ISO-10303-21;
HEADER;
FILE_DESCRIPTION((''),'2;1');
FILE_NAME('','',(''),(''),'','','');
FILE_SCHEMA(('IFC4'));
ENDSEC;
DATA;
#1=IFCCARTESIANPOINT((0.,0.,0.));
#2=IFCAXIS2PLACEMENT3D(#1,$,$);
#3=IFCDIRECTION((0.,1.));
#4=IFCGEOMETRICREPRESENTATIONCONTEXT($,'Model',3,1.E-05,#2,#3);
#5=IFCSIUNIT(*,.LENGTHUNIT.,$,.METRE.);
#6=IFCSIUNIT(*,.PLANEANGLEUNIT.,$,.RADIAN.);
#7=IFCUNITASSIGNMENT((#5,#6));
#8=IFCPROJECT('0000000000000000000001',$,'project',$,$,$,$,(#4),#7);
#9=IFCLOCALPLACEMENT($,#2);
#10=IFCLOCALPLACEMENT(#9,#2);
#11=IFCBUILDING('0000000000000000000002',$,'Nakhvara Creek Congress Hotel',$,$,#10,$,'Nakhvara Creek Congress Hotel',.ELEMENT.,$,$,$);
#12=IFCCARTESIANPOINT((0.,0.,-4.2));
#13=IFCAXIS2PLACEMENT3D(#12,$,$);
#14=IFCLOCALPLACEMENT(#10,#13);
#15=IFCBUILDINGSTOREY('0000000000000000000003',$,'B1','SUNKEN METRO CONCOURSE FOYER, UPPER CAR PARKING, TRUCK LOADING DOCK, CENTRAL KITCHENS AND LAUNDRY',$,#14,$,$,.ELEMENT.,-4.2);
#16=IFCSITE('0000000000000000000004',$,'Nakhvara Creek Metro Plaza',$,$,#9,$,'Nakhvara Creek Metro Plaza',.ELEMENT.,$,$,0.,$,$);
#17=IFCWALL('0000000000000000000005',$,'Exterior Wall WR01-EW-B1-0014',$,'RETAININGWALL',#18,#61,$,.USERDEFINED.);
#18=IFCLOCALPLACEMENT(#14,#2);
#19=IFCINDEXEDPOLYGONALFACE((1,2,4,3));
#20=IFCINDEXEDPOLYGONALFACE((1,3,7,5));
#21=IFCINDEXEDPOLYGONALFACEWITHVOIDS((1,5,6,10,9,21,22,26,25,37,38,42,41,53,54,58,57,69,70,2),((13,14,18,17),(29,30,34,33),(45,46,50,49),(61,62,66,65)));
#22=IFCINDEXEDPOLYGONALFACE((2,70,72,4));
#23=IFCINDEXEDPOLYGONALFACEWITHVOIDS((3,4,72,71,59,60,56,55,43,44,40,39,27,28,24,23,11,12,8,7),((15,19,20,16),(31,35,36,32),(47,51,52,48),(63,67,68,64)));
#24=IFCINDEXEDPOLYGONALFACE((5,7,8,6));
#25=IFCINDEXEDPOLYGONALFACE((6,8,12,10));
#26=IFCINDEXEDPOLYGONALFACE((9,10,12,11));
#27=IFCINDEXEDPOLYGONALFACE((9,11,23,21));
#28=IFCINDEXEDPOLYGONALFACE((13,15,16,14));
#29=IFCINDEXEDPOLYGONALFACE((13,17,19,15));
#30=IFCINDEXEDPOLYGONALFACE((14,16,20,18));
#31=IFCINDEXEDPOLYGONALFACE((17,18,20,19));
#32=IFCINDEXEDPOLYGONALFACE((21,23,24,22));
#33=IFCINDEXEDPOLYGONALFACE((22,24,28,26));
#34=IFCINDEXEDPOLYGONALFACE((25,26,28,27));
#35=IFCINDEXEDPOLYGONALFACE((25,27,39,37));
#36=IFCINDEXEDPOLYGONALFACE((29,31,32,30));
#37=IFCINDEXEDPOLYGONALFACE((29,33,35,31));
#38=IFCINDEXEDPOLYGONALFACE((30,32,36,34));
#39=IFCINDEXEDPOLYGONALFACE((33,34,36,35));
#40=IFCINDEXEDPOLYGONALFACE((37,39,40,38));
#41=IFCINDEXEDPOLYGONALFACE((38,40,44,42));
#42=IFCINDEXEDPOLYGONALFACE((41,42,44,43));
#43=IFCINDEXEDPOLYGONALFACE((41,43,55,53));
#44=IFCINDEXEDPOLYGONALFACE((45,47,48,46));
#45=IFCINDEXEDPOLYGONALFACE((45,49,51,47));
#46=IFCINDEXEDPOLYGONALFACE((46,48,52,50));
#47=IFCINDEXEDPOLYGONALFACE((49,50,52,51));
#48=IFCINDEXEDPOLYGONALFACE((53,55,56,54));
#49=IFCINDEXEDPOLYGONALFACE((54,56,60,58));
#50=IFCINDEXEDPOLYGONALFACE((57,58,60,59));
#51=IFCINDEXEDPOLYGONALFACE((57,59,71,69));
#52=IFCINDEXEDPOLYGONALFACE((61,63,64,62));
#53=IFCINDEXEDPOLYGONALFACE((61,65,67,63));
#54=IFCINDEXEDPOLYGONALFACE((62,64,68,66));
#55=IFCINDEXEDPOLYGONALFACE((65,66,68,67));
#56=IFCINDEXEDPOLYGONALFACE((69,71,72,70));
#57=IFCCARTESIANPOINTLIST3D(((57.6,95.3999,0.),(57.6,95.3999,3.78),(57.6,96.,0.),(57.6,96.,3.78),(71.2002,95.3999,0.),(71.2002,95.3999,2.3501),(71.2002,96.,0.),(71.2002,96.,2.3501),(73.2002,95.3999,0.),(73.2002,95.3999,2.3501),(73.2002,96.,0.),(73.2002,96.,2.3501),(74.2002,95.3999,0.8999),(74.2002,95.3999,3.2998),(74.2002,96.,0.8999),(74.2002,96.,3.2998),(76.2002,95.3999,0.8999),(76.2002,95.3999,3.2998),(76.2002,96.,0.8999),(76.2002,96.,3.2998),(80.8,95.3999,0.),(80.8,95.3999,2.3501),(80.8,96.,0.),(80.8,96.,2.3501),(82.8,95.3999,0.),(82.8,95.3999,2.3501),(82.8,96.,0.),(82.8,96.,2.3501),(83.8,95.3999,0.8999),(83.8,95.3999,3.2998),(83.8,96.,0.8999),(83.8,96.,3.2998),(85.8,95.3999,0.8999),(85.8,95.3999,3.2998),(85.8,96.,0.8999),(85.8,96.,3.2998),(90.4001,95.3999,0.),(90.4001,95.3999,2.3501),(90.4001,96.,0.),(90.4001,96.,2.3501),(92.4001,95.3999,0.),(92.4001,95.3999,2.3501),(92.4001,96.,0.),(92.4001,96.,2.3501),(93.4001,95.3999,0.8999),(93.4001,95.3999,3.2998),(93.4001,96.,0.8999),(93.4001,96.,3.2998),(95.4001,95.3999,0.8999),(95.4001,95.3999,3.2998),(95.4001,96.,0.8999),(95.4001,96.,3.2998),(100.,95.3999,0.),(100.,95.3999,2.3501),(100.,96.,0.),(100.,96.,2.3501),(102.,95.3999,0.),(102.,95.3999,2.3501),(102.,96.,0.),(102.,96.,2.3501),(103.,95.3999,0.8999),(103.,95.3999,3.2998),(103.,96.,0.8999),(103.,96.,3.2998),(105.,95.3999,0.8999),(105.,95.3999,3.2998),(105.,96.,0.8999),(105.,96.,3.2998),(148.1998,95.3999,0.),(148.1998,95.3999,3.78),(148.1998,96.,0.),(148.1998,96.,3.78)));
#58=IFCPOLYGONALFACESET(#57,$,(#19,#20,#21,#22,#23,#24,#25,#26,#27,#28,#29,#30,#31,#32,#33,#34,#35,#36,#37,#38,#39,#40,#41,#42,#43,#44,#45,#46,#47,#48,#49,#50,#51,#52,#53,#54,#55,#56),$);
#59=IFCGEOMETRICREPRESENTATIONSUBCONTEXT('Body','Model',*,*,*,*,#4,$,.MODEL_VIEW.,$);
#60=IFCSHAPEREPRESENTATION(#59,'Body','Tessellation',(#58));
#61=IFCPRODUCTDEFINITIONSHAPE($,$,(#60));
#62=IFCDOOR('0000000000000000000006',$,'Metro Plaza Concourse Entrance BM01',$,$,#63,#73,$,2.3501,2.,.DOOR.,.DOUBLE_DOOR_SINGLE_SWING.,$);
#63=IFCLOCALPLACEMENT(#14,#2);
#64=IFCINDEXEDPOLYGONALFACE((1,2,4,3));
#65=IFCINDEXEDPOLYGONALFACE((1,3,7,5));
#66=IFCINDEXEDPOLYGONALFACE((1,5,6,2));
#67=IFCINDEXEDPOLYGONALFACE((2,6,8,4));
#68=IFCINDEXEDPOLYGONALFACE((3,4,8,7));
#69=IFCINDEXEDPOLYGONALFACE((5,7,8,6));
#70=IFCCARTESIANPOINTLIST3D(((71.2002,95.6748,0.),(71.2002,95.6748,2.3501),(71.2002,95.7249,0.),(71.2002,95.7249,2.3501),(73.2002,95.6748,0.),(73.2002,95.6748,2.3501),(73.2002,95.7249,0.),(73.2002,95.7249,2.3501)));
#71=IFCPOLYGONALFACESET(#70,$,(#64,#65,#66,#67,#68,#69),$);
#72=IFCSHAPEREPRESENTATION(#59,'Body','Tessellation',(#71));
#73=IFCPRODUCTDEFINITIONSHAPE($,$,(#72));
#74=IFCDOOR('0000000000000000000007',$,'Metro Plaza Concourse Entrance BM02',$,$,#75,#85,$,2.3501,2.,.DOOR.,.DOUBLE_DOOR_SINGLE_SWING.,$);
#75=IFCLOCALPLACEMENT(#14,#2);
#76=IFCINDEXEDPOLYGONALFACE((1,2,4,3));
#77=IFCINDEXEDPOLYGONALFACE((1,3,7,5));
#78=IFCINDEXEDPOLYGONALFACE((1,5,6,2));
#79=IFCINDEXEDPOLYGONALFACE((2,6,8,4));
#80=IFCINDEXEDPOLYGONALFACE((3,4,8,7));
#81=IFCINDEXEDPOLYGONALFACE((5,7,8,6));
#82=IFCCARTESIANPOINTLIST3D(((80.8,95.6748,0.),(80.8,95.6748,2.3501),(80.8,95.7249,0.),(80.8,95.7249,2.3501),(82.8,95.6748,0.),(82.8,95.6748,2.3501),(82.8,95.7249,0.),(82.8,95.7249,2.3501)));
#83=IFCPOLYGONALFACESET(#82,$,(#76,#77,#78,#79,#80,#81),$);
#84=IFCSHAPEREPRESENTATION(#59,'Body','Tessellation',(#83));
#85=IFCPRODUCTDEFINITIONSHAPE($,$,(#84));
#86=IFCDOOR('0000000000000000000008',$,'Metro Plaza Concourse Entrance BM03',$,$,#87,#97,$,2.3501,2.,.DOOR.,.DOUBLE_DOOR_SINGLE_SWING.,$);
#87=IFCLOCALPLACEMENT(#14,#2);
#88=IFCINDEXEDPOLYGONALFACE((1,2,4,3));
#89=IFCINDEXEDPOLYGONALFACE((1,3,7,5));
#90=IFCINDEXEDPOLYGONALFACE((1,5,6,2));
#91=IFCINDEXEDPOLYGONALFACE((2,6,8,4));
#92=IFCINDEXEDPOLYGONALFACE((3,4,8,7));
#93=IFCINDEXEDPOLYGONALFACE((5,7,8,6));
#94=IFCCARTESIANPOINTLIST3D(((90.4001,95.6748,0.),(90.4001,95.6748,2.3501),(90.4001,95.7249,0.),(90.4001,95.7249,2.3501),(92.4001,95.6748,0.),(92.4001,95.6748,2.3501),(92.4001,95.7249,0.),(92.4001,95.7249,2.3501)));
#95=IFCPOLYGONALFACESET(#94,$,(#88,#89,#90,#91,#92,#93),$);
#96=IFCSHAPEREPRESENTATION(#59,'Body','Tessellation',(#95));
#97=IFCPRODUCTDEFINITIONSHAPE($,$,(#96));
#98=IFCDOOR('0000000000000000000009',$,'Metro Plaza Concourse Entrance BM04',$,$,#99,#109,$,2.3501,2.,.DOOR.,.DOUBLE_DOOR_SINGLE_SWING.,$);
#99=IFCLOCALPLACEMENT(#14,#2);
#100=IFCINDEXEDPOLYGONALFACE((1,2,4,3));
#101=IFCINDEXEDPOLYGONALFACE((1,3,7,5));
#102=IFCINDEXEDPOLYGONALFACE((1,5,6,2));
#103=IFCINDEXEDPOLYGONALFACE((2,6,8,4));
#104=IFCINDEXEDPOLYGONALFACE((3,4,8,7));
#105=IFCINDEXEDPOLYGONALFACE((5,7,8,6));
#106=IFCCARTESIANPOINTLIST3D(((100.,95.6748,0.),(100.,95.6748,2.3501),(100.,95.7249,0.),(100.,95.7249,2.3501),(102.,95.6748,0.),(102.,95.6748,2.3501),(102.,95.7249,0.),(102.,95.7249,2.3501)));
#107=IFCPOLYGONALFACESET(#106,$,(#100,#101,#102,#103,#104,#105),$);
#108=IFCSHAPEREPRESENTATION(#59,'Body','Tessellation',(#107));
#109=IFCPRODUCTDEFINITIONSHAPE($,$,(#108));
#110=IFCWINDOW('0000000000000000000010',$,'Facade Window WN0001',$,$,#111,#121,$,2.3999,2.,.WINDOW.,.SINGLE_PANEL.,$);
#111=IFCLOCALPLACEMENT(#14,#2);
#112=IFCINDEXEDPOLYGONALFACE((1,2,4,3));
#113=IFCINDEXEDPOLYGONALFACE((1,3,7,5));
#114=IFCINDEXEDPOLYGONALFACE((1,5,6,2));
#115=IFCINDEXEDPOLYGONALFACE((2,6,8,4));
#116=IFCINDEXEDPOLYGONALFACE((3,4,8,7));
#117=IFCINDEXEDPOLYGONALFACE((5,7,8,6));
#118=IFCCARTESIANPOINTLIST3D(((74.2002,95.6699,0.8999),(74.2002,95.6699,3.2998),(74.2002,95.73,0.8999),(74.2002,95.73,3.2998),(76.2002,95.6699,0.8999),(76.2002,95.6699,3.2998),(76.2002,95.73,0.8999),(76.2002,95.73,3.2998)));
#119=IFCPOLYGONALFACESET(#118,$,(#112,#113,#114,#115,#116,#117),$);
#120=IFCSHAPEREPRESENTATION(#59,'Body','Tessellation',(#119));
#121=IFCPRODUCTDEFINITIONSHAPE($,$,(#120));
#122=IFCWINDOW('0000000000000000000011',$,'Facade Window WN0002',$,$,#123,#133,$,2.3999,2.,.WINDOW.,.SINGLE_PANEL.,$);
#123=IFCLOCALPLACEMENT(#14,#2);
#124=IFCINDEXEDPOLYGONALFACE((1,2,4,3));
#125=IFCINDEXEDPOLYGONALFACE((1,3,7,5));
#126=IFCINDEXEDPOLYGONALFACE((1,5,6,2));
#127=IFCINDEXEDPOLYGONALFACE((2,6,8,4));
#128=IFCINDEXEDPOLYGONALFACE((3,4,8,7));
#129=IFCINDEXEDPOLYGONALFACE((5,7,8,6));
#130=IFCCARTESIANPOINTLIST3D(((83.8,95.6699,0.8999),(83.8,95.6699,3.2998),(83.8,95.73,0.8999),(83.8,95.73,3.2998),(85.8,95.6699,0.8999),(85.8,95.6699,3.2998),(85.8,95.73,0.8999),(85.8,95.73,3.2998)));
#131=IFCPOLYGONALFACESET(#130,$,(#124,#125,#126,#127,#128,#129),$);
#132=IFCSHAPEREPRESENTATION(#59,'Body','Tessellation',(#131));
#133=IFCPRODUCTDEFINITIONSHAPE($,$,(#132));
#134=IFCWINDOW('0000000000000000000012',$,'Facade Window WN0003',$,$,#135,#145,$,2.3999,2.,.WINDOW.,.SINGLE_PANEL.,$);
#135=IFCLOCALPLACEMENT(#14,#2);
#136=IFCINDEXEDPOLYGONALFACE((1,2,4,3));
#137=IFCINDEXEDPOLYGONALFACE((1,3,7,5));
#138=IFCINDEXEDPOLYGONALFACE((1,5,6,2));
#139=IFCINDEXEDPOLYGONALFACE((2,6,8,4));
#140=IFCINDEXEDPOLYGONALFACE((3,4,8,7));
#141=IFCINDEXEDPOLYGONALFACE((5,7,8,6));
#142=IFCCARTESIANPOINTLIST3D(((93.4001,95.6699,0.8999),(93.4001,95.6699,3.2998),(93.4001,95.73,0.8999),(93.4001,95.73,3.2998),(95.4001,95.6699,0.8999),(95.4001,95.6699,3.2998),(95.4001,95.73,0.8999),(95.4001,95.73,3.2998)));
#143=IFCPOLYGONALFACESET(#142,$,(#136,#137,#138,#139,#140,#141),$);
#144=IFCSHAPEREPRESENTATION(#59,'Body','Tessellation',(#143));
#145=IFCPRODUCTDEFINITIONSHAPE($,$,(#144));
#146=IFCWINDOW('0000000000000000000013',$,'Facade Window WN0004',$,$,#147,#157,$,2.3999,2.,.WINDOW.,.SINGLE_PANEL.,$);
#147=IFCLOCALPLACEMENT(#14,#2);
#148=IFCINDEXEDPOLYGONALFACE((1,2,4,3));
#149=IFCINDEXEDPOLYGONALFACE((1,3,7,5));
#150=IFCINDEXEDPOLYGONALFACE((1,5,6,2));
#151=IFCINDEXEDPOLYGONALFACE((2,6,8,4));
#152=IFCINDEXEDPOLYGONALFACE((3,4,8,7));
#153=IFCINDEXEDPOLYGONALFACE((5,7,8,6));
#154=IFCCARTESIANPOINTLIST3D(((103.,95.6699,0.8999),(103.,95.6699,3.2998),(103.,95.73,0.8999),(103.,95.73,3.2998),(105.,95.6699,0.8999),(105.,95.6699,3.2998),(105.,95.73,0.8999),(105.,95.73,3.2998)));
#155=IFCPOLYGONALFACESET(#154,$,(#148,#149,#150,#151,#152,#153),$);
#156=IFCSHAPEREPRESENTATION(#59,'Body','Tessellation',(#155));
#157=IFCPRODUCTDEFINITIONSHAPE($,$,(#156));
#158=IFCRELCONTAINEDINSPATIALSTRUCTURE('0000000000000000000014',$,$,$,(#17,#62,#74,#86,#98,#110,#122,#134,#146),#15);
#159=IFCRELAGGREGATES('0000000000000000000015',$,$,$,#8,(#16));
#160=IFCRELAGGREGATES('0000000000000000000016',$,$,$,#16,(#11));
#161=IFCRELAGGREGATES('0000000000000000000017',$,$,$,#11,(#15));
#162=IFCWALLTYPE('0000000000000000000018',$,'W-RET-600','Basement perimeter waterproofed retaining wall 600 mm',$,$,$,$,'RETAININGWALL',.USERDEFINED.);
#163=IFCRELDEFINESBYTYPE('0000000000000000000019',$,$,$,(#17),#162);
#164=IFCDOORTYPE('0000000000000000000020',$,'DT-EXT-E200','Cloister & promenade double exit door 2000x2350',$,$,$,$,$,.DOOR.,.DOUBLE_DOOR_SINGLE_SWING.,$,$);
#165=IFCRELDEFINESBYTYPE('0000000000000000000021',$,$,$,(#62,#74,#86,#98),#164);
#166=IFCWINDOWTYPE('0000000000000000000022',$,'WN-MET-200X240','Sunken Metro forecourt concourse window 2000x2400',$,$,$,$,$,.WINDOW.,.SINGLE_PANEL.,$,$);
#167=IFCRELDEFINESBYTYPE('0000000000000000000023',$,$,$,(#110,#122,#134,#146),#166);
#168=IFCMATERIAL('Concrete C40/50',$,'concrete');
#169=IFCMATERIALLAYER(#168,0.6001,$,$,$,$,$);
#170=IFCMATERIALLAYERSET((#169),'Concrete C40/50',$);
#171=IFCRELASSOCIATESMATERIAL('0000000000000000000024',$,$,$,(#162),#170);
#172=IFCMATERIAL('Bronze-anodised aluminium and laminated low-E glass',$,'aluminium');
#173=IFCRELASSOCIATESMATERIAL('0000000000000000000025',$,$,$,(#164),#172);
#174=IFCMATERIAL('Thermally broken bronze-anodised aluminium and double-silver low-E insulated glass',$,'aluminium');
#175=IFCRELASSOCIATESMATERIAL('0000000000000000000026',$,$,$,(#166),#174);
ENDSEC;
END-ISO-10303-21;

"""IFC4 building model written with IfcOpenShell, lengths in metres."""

from ifc_helpers import new_model, si_unit, direction, frame, frame_2d, origin, place, context, subcontext, project, spatial, rectangle, extrude, material, layer, layer_set, type_object, element, fill, save


model = new_model("IFC4")

# Units and contexts
model_context = context("Model", 3, precision=1e-05, world=origin(), true_north=direction((0.0, 1.0)))
body_context = subcontext(model_context, "Body", "Model", "MODEL_VIEW")
ifc_project = project(units=[si_unit("LENGTHUNIT", "METRE"), si_unit("PLANEANGLEUNIT", "RADIAN")], contexts=[model_context])

# Site, building, storey
site_placement = place(None, origin())
site = spatial("IfcSite", under=ifc_project, at=site_placement, Name="Nakhvara Creek Metro Plaza", LongName="Nakhvara Creek Metro Plaza", CompositionType="ELEMENT", RefElevation=0.0)
building_placement = place(site_placement, origin())
building = spatial("IfcBuilding", under=site, at=building_placement, Name="Nakhvara Creek Congress Hotel", LongName="Nakhvara Creek Congress Hotel", CompositionType="ELEMENT")
storey_placement = place(building_placement, frame((0.0, 0.0, -4.2)))
storey = spatial("IfcBuildingStorey", under=building, at=storey_placement, Name="B1", Description="SUNKEN METRO CONCOURSE FOYER, UPPER CAR PARKING, TRUCK LOADING DOCK, CENTRAL KITCHENS AND LAUNDRY", CompositionType="ELEMENT", Elevation=-4.2)

# Shared definitions
ifc_material_1 = material(Name="Concrete C40/50", Category="concrete")

# Wall, openings, doors, windows
ifc_layer_1 = layer(ifc_material_1, 0.6001)
ifc_layer_set_1 = layer_set([ifc_layer_1], Name="Concrete C40/50")
wall_type_1 = type_object("IfcWallType", Name="W-RET-600", Description="Basement perimeter waterproofed retaining wall 600 mm", ElementType="RETAININGWALL", PredefinedType="USERDEFINED", material=ifc_layer_set_1)
wall_1_placement = place(storey_placement, frame((57.6001, 95.7, 0.0), z_axis=(0.0, 0.0, 1.0), x_axis=(1.0, 0.0, 0.0)))
wall_1 = element("IfcWall", 1, at=wall_1_placement, inside=storey, type_object=wall_type_1, Name="Exterior Wall WR01-EW-B1-0014", ObjectType="RETAININGWALL", PredefinedType="USERDEFINED", context=body_context, shape_type="SweptSolid", body=[
    extrude(rectangle(XDim=90.5999, YDim=0.6001, at=frame_2d((45.2998, 0.0))), origin(), (0.0, 0.0, 1.0), 3.78),
])
opening_1_placement = place(wall_1_placement, frame((13.6001, 0.0, 0.0)))
opening_1 = element("IfcOpeningElement", 2, at=opening_1_placement, cuts=wall_1, PredefinedType="OPENING", context=body_context, shape_type="SweptSolid", body=[
    extrude(rectangle(XDim=2.0, YDim=2.3501, at=frame_2d((1.0, 1.175))), frame((0.0, 0.312, 0.0), z_axis=(0.0, -1.0, 0.0), x_axis=(1.0, 0.0, 0.0)), (0.0, 0.0, 1.0), 0.624),
])
opening_2_placement = place(wall_1_placement, frame((23.2, 0.0, 0.0)))
opening_2 = element("IfcOpeningElement", 3, at=opening_2_placement, cuts=wall_1, PredefinedType="OPENING", context=body_context, shape_type="SweptSolid", body=[
    extrude(rectangle(XDim=2.0, YDim=2.3501, at=frame_2d((1.0, 1.175))), frame((0.0, 0.312, 0.0), z_axis=(0.0, -1.0, 0.0), x_axis=(1.0, 0.0, 0.0)), (0.0, 0.0, 1.0), 0.624),
])
opening_3_placement = place(wall_1_placement, frame((32.8, 0.0, 0.0)))
opening_3 = element("IfcOpeningElement", 4, at=opening_3_placement, cuts=wall_1, PredefinedType="OPENING", context=body_context, shape_type="SweptSolid", body=[
    extrude(rectangle(XDim=2.0, YDim=2.3501, at=frame_2d((1.0, 1.175))), frame((0.0, 0.312, 0.0), z_axis=(0.0, -1.0, 0.0), x_axis=(1.0, 0.0, 0.0)), (0.0, 0.0, 1.0), 0.624),
])
opening_4_placement = place(wall_1_placement, frame((42.3999, 0.0, 0.0)))
opening_4 = element("IfcOpeningElement", 5, at=opening_4_placement, cuts=wall_1, PredefinedType="OPENING", context=body_context, shape_type="SweptSolid", body=[
    extrude(rectangle(XDim=2.0, YDim=2.3501, at=frame_2d((1.0, 1.175))), frame((0.0, 0.312, 0.0), z_axis=(0.0, -1.0, 0.0), x_axis=(1.0, 0.0, 0.0)), (0.0, 0.0, 1.0), 0.624),
])
opening_5_placement = place(wall_1_placement, frame((16.6001, 0.0, 0.8999)))
opening_5 = element("IfcOpeningElement", 6, at=opening_5_placement, cuts=wall_1, PredefinedType="OPENING", context=body_context, shape_type="SweptSolid", body=[
    extrude(rectangle(XDim=2.0, YDim=2.3999, at=frame_2d((1.0, 1.2))), frame((0.0, 0.312, 0.0), z_axis=(0.0, -1.0, 0.0), x_axis=(1.0, 0.0, 0.0)), (0.0, 0.0, 1.0), 0.624),
])
opening_6_placement = place(wall_1_placement, frame((26.2, 0.0, 0.8999)))
opening_6 = element("IfcOpeningElement", 7, at=opening_6_placement, cuts=wall_1, PredefinedType="OPENING", context=body_context, shape_type="SweptSolid", body=[
    extrude(rectangle(XDim=2.0, YDim=2.3999, at=frame_2d((1.0, 1.2))), frame((0.0, 0.312, 0.0), z_axis=(0.0, -1.0, 0.0), x_axis=(1.0, 0.0, 0.0)), (0.0, 0.0, 1.0), 0.624),
])
opening_7_placement = place(wall_1_placement, frame((35.8, 0.0, 0.8999)))
opening_7 = element("IfcOpeningElement", 8, at=opening_7_placement, cuts=wall_1, PredefinedType="OPENING", context=body_context, shape_type="SweptSolid", body=[
    extrude(rectangle(XDim=2.0, YDim=2.3999, at=frame_2d((1.0, 1.2))), frame((0.0, 0.312, 0.0), z_axis=(0.0, -1.0, 0.0), x_axis=(1.0, 0.0, 0.0)), (0.0, 0.0, 1.0), 0.624),
])
opening_8_placement = place(wall_1_placement, frame((45.3999, 0.0, 0.8999)))
opening_8 = element("IfcOpeningElement", 9, at=opening_8_placement, cuts=wall_1, PredefinedType="OPENING", context=body_context, shape_type="SweptSolid", body=[
    extrude(rectangle(XDim=2.0, YDim=2.3999, at=frame_2d((1.0, 1.2))), frame((0.0, 0.312, 0.0), z_axis=(0.0, -1.0, 0.0), x_axis=(1.0, 0.0, 0.0)), (0.0, 0.0, 1.0), 0.624),
])
ifc_material_2 = material(Name="Bronze-anodised aluminium and laminated low-E glass", Category="aluminium")
door_type = type_object("IfcDoorType", Name="DT-EXT-E200", Description="Cloister & promenade double exit door 2000x2350", OperationType="DOUBLE_DOOR_SINGLE_SWING", PredefinedType="DOOR", material=ifc_material_2)
door_1_placement = place(opening_1_placement, origin())
door_1 = element("IfcDoor", 10, at=door_1_placement, inside=storey, type_object=door_type, Name="Metro Plaza Concourse Entrance BM01", OperationType="DOUBLE_DOOR_SINGLE_SWING", OverallHeight=2.3501, OverallWidth=2.0, PredefinedType="DOOR", context=body_context, shape_type="SweptSolid", body=[
    extrude(rectangle(XDim=2.0, YDim=2.3501, at=frame_2d((1.0, 1.175))), frame((0.0, 0.0249, 0.0), z_axis=(0.0, -1.0, 0.0), x_axis=(1.0, 0.0, 0.0)), (0.0, 0.0, 1.0), 0.05),
])
fill(opening_1, door_1)
door_2_placement = place(opening_2_placement, origin())
door_2 = element("IfcDoor", 11, at=door_2_placement, inside=storey, type_object=door_type, Name="Metro Plaza Concourse Entrance BM02", OperationType="DOUBLE_DOOR_SINGLE_SWING", OverallHeight=2.3501, OverallWidth=2.0, PredefinedType="DOOR", context=body_context, shape_type="SweptSolid", body=[
    extrude(rectangle(XDim=2.0, YDim=2.3501, at=frame_2d((1.0, 1.175))), frame((0.0, 0.0249, 0.0), z_axis=(0.0, -1.0, 0.0), x_axis=(1.0, 0.0, 0.0)), (0.0, 0.0, 1.0), 0.05),
])
fill(opening_2, door_2)
door_3_placement = place(opening_3_placement, origin())
door_3 = element("IfcDoor", 12, at=door_3_placement, inside=storey, type_object=door_type, Name="Metro Plaza Concourse Entrance BM03", OperationType="DOUBLE_DOOR_SINGLE_SWING", OverallHeight=2.3501, OverallWidth=2.0, PredefinedType="DOOR", context=body_context, shape_type="SweptSolid", body=[
    extrude(rectangle(XDim=2.0, YDim=2.3501, at=frame_2d((1.0, 1.175))), frame((0.0, 0.0249, 0.0), z_axis=(0.0, -1.0, 0.0), x_axis=(1.0, 0.0, 0.0)), (0.0, 0.0, 1.0), 0.05),
])
fill(opening_3, door_3)
door_4_placement = place(opening_4_placement, origin())
door_4 = element("IfcDoor", 13, at=door_4_placement, inside=storey, type_object=door_type, Name="Metro Plaza Concourse Entrance BM04", OperationType="DOUBLE_DOOR_SINGLE_SWING", OverallHeight=2.3501, OverallWidth=2.0, PredefinedType="DOOR", context=body_context, shape_type="SweptSolid", body=[
    extrude(rectangle(XDim=2.0, YDim=2.3501, at=frame_2d((1.0, 1.175))), frame((0.0, 0.0249, 0.0), z_axis=(0.0, -1.0, 0.0), x_axis=(1.0, 0.0, 0.0)), (0.0, 0.0, 1.0), 0.05),
])
fill(opening_4, door_4)
ifc_material_3 = material(Name="Thermally broken bronze-anodised aluminium and double-silver low-E insulated glass", Category="aluminium")
window_type = type_object("IfcWindowType", Name="WN-MET-200X240", Description="Sunken Metro forecourt concourse window 2000x2400", PartitioningType="SINGLE_PANEL", PredefinedType="WINDOW", material=ifc_material_3)
window_1_placement = place(opening_5_placement, origin())
window_1 = element("IfcWindow", 14, at=window_1_placement, inside=storey, type_object=window_type, Name="Facade Window WN0001", OverallHeight=2.3999, OverallWidth=2.0, PartitioningType="SINGLE_PANEL", PredefinedType="WINDOW", context=body_context, shape_type="SweptSolid", body=[
    extrude(rectangle(XDim=2.0, YDim=2.3999, at=frame_2d((1.0, 1.2))), frame((0.0, 0.03, 0.0), z_axis=(0.0, -1.0, 0.0), x_axis=(1.0, 0.0, 0.0)), (0.0, 0.0, 1.0), 0.0601),
])
fill(opening_5, window_1)
window_2_placement = place(opening_6_placement, origin())
window_2 = element("IfcWindow", 15, at=window_2_placement, inside=storey, type_object=window_type, Name="Facade Window WN0002", OverallHeight=2.3999, OverallWidth=2.0, PartitioningType="SINGLE_PANEL", PredefinedType="WINDOW", context=body_context, shape_type="SweptSolid", body=[
    extrude(rectangle(XDim=2.0, YDim=2.3999, at=frame_2d((1.0, 1.2))), frame((0.0, 0.03, 0.0), z_axis=(0.0, -1.0, 0.0), x_axis=(1.0, 0.0, 0.0)), (0.0, 0.0, 1.0), 0.0601),
])
fill(opening_6, window_2)
window_3_placement = place(opening_7_placement, origin())
window_3 = element("IfcWindow", 16, at=window_3_placement, inside=storey, type_object=window_type, Name="Facade Window WN0003", OverallHeight=2.3999, OverallWidth=2.0, PartitioningType="SINGLE_PANEL", PredefinedType="WINDOW", context=body_context, shape_type="SweptSolid", body=[
    extrude(rectangle(XDim=2.0, YDim=2.3999, at=frame_2d((1.0, 1.2))), frame((0.0, 0.03, 0.0), z_axis=(0.0, -1.0, 0.0), x_axis=(1.0, 0.0, 0.0)), (0.0, 0.0, 1.0), 0.0601),
])
fill(opening_7, window_3)
window_4_placement = place(opening_8_placement, origin())
window_4 = element("IfcWindow", 17, at=window_4_placement, inside=storey, type_object=window_type, Name="Facade Window WN0004", OverallHeight=2.3999, OverallWidth=2.0, PartitioningType="SINGLE_PANEL", PredefinedType="WINDOW", context=body_context, shape_type="SweptSolid", body=[
    extrude(rectangle(XDim=2.0, YDim=2.3999, at=frame_2d((1.0, 1.2))), frame((0.0, 0.03, 0.0), z_axis=(0.0, -1.0, 0.0), x_axis=(1.0, 0.0, 0.0)), (0.0, 0.0, 1.0), 0.0601),
])
fill(opening_8, window_4)

save(model, "model.ifc")
